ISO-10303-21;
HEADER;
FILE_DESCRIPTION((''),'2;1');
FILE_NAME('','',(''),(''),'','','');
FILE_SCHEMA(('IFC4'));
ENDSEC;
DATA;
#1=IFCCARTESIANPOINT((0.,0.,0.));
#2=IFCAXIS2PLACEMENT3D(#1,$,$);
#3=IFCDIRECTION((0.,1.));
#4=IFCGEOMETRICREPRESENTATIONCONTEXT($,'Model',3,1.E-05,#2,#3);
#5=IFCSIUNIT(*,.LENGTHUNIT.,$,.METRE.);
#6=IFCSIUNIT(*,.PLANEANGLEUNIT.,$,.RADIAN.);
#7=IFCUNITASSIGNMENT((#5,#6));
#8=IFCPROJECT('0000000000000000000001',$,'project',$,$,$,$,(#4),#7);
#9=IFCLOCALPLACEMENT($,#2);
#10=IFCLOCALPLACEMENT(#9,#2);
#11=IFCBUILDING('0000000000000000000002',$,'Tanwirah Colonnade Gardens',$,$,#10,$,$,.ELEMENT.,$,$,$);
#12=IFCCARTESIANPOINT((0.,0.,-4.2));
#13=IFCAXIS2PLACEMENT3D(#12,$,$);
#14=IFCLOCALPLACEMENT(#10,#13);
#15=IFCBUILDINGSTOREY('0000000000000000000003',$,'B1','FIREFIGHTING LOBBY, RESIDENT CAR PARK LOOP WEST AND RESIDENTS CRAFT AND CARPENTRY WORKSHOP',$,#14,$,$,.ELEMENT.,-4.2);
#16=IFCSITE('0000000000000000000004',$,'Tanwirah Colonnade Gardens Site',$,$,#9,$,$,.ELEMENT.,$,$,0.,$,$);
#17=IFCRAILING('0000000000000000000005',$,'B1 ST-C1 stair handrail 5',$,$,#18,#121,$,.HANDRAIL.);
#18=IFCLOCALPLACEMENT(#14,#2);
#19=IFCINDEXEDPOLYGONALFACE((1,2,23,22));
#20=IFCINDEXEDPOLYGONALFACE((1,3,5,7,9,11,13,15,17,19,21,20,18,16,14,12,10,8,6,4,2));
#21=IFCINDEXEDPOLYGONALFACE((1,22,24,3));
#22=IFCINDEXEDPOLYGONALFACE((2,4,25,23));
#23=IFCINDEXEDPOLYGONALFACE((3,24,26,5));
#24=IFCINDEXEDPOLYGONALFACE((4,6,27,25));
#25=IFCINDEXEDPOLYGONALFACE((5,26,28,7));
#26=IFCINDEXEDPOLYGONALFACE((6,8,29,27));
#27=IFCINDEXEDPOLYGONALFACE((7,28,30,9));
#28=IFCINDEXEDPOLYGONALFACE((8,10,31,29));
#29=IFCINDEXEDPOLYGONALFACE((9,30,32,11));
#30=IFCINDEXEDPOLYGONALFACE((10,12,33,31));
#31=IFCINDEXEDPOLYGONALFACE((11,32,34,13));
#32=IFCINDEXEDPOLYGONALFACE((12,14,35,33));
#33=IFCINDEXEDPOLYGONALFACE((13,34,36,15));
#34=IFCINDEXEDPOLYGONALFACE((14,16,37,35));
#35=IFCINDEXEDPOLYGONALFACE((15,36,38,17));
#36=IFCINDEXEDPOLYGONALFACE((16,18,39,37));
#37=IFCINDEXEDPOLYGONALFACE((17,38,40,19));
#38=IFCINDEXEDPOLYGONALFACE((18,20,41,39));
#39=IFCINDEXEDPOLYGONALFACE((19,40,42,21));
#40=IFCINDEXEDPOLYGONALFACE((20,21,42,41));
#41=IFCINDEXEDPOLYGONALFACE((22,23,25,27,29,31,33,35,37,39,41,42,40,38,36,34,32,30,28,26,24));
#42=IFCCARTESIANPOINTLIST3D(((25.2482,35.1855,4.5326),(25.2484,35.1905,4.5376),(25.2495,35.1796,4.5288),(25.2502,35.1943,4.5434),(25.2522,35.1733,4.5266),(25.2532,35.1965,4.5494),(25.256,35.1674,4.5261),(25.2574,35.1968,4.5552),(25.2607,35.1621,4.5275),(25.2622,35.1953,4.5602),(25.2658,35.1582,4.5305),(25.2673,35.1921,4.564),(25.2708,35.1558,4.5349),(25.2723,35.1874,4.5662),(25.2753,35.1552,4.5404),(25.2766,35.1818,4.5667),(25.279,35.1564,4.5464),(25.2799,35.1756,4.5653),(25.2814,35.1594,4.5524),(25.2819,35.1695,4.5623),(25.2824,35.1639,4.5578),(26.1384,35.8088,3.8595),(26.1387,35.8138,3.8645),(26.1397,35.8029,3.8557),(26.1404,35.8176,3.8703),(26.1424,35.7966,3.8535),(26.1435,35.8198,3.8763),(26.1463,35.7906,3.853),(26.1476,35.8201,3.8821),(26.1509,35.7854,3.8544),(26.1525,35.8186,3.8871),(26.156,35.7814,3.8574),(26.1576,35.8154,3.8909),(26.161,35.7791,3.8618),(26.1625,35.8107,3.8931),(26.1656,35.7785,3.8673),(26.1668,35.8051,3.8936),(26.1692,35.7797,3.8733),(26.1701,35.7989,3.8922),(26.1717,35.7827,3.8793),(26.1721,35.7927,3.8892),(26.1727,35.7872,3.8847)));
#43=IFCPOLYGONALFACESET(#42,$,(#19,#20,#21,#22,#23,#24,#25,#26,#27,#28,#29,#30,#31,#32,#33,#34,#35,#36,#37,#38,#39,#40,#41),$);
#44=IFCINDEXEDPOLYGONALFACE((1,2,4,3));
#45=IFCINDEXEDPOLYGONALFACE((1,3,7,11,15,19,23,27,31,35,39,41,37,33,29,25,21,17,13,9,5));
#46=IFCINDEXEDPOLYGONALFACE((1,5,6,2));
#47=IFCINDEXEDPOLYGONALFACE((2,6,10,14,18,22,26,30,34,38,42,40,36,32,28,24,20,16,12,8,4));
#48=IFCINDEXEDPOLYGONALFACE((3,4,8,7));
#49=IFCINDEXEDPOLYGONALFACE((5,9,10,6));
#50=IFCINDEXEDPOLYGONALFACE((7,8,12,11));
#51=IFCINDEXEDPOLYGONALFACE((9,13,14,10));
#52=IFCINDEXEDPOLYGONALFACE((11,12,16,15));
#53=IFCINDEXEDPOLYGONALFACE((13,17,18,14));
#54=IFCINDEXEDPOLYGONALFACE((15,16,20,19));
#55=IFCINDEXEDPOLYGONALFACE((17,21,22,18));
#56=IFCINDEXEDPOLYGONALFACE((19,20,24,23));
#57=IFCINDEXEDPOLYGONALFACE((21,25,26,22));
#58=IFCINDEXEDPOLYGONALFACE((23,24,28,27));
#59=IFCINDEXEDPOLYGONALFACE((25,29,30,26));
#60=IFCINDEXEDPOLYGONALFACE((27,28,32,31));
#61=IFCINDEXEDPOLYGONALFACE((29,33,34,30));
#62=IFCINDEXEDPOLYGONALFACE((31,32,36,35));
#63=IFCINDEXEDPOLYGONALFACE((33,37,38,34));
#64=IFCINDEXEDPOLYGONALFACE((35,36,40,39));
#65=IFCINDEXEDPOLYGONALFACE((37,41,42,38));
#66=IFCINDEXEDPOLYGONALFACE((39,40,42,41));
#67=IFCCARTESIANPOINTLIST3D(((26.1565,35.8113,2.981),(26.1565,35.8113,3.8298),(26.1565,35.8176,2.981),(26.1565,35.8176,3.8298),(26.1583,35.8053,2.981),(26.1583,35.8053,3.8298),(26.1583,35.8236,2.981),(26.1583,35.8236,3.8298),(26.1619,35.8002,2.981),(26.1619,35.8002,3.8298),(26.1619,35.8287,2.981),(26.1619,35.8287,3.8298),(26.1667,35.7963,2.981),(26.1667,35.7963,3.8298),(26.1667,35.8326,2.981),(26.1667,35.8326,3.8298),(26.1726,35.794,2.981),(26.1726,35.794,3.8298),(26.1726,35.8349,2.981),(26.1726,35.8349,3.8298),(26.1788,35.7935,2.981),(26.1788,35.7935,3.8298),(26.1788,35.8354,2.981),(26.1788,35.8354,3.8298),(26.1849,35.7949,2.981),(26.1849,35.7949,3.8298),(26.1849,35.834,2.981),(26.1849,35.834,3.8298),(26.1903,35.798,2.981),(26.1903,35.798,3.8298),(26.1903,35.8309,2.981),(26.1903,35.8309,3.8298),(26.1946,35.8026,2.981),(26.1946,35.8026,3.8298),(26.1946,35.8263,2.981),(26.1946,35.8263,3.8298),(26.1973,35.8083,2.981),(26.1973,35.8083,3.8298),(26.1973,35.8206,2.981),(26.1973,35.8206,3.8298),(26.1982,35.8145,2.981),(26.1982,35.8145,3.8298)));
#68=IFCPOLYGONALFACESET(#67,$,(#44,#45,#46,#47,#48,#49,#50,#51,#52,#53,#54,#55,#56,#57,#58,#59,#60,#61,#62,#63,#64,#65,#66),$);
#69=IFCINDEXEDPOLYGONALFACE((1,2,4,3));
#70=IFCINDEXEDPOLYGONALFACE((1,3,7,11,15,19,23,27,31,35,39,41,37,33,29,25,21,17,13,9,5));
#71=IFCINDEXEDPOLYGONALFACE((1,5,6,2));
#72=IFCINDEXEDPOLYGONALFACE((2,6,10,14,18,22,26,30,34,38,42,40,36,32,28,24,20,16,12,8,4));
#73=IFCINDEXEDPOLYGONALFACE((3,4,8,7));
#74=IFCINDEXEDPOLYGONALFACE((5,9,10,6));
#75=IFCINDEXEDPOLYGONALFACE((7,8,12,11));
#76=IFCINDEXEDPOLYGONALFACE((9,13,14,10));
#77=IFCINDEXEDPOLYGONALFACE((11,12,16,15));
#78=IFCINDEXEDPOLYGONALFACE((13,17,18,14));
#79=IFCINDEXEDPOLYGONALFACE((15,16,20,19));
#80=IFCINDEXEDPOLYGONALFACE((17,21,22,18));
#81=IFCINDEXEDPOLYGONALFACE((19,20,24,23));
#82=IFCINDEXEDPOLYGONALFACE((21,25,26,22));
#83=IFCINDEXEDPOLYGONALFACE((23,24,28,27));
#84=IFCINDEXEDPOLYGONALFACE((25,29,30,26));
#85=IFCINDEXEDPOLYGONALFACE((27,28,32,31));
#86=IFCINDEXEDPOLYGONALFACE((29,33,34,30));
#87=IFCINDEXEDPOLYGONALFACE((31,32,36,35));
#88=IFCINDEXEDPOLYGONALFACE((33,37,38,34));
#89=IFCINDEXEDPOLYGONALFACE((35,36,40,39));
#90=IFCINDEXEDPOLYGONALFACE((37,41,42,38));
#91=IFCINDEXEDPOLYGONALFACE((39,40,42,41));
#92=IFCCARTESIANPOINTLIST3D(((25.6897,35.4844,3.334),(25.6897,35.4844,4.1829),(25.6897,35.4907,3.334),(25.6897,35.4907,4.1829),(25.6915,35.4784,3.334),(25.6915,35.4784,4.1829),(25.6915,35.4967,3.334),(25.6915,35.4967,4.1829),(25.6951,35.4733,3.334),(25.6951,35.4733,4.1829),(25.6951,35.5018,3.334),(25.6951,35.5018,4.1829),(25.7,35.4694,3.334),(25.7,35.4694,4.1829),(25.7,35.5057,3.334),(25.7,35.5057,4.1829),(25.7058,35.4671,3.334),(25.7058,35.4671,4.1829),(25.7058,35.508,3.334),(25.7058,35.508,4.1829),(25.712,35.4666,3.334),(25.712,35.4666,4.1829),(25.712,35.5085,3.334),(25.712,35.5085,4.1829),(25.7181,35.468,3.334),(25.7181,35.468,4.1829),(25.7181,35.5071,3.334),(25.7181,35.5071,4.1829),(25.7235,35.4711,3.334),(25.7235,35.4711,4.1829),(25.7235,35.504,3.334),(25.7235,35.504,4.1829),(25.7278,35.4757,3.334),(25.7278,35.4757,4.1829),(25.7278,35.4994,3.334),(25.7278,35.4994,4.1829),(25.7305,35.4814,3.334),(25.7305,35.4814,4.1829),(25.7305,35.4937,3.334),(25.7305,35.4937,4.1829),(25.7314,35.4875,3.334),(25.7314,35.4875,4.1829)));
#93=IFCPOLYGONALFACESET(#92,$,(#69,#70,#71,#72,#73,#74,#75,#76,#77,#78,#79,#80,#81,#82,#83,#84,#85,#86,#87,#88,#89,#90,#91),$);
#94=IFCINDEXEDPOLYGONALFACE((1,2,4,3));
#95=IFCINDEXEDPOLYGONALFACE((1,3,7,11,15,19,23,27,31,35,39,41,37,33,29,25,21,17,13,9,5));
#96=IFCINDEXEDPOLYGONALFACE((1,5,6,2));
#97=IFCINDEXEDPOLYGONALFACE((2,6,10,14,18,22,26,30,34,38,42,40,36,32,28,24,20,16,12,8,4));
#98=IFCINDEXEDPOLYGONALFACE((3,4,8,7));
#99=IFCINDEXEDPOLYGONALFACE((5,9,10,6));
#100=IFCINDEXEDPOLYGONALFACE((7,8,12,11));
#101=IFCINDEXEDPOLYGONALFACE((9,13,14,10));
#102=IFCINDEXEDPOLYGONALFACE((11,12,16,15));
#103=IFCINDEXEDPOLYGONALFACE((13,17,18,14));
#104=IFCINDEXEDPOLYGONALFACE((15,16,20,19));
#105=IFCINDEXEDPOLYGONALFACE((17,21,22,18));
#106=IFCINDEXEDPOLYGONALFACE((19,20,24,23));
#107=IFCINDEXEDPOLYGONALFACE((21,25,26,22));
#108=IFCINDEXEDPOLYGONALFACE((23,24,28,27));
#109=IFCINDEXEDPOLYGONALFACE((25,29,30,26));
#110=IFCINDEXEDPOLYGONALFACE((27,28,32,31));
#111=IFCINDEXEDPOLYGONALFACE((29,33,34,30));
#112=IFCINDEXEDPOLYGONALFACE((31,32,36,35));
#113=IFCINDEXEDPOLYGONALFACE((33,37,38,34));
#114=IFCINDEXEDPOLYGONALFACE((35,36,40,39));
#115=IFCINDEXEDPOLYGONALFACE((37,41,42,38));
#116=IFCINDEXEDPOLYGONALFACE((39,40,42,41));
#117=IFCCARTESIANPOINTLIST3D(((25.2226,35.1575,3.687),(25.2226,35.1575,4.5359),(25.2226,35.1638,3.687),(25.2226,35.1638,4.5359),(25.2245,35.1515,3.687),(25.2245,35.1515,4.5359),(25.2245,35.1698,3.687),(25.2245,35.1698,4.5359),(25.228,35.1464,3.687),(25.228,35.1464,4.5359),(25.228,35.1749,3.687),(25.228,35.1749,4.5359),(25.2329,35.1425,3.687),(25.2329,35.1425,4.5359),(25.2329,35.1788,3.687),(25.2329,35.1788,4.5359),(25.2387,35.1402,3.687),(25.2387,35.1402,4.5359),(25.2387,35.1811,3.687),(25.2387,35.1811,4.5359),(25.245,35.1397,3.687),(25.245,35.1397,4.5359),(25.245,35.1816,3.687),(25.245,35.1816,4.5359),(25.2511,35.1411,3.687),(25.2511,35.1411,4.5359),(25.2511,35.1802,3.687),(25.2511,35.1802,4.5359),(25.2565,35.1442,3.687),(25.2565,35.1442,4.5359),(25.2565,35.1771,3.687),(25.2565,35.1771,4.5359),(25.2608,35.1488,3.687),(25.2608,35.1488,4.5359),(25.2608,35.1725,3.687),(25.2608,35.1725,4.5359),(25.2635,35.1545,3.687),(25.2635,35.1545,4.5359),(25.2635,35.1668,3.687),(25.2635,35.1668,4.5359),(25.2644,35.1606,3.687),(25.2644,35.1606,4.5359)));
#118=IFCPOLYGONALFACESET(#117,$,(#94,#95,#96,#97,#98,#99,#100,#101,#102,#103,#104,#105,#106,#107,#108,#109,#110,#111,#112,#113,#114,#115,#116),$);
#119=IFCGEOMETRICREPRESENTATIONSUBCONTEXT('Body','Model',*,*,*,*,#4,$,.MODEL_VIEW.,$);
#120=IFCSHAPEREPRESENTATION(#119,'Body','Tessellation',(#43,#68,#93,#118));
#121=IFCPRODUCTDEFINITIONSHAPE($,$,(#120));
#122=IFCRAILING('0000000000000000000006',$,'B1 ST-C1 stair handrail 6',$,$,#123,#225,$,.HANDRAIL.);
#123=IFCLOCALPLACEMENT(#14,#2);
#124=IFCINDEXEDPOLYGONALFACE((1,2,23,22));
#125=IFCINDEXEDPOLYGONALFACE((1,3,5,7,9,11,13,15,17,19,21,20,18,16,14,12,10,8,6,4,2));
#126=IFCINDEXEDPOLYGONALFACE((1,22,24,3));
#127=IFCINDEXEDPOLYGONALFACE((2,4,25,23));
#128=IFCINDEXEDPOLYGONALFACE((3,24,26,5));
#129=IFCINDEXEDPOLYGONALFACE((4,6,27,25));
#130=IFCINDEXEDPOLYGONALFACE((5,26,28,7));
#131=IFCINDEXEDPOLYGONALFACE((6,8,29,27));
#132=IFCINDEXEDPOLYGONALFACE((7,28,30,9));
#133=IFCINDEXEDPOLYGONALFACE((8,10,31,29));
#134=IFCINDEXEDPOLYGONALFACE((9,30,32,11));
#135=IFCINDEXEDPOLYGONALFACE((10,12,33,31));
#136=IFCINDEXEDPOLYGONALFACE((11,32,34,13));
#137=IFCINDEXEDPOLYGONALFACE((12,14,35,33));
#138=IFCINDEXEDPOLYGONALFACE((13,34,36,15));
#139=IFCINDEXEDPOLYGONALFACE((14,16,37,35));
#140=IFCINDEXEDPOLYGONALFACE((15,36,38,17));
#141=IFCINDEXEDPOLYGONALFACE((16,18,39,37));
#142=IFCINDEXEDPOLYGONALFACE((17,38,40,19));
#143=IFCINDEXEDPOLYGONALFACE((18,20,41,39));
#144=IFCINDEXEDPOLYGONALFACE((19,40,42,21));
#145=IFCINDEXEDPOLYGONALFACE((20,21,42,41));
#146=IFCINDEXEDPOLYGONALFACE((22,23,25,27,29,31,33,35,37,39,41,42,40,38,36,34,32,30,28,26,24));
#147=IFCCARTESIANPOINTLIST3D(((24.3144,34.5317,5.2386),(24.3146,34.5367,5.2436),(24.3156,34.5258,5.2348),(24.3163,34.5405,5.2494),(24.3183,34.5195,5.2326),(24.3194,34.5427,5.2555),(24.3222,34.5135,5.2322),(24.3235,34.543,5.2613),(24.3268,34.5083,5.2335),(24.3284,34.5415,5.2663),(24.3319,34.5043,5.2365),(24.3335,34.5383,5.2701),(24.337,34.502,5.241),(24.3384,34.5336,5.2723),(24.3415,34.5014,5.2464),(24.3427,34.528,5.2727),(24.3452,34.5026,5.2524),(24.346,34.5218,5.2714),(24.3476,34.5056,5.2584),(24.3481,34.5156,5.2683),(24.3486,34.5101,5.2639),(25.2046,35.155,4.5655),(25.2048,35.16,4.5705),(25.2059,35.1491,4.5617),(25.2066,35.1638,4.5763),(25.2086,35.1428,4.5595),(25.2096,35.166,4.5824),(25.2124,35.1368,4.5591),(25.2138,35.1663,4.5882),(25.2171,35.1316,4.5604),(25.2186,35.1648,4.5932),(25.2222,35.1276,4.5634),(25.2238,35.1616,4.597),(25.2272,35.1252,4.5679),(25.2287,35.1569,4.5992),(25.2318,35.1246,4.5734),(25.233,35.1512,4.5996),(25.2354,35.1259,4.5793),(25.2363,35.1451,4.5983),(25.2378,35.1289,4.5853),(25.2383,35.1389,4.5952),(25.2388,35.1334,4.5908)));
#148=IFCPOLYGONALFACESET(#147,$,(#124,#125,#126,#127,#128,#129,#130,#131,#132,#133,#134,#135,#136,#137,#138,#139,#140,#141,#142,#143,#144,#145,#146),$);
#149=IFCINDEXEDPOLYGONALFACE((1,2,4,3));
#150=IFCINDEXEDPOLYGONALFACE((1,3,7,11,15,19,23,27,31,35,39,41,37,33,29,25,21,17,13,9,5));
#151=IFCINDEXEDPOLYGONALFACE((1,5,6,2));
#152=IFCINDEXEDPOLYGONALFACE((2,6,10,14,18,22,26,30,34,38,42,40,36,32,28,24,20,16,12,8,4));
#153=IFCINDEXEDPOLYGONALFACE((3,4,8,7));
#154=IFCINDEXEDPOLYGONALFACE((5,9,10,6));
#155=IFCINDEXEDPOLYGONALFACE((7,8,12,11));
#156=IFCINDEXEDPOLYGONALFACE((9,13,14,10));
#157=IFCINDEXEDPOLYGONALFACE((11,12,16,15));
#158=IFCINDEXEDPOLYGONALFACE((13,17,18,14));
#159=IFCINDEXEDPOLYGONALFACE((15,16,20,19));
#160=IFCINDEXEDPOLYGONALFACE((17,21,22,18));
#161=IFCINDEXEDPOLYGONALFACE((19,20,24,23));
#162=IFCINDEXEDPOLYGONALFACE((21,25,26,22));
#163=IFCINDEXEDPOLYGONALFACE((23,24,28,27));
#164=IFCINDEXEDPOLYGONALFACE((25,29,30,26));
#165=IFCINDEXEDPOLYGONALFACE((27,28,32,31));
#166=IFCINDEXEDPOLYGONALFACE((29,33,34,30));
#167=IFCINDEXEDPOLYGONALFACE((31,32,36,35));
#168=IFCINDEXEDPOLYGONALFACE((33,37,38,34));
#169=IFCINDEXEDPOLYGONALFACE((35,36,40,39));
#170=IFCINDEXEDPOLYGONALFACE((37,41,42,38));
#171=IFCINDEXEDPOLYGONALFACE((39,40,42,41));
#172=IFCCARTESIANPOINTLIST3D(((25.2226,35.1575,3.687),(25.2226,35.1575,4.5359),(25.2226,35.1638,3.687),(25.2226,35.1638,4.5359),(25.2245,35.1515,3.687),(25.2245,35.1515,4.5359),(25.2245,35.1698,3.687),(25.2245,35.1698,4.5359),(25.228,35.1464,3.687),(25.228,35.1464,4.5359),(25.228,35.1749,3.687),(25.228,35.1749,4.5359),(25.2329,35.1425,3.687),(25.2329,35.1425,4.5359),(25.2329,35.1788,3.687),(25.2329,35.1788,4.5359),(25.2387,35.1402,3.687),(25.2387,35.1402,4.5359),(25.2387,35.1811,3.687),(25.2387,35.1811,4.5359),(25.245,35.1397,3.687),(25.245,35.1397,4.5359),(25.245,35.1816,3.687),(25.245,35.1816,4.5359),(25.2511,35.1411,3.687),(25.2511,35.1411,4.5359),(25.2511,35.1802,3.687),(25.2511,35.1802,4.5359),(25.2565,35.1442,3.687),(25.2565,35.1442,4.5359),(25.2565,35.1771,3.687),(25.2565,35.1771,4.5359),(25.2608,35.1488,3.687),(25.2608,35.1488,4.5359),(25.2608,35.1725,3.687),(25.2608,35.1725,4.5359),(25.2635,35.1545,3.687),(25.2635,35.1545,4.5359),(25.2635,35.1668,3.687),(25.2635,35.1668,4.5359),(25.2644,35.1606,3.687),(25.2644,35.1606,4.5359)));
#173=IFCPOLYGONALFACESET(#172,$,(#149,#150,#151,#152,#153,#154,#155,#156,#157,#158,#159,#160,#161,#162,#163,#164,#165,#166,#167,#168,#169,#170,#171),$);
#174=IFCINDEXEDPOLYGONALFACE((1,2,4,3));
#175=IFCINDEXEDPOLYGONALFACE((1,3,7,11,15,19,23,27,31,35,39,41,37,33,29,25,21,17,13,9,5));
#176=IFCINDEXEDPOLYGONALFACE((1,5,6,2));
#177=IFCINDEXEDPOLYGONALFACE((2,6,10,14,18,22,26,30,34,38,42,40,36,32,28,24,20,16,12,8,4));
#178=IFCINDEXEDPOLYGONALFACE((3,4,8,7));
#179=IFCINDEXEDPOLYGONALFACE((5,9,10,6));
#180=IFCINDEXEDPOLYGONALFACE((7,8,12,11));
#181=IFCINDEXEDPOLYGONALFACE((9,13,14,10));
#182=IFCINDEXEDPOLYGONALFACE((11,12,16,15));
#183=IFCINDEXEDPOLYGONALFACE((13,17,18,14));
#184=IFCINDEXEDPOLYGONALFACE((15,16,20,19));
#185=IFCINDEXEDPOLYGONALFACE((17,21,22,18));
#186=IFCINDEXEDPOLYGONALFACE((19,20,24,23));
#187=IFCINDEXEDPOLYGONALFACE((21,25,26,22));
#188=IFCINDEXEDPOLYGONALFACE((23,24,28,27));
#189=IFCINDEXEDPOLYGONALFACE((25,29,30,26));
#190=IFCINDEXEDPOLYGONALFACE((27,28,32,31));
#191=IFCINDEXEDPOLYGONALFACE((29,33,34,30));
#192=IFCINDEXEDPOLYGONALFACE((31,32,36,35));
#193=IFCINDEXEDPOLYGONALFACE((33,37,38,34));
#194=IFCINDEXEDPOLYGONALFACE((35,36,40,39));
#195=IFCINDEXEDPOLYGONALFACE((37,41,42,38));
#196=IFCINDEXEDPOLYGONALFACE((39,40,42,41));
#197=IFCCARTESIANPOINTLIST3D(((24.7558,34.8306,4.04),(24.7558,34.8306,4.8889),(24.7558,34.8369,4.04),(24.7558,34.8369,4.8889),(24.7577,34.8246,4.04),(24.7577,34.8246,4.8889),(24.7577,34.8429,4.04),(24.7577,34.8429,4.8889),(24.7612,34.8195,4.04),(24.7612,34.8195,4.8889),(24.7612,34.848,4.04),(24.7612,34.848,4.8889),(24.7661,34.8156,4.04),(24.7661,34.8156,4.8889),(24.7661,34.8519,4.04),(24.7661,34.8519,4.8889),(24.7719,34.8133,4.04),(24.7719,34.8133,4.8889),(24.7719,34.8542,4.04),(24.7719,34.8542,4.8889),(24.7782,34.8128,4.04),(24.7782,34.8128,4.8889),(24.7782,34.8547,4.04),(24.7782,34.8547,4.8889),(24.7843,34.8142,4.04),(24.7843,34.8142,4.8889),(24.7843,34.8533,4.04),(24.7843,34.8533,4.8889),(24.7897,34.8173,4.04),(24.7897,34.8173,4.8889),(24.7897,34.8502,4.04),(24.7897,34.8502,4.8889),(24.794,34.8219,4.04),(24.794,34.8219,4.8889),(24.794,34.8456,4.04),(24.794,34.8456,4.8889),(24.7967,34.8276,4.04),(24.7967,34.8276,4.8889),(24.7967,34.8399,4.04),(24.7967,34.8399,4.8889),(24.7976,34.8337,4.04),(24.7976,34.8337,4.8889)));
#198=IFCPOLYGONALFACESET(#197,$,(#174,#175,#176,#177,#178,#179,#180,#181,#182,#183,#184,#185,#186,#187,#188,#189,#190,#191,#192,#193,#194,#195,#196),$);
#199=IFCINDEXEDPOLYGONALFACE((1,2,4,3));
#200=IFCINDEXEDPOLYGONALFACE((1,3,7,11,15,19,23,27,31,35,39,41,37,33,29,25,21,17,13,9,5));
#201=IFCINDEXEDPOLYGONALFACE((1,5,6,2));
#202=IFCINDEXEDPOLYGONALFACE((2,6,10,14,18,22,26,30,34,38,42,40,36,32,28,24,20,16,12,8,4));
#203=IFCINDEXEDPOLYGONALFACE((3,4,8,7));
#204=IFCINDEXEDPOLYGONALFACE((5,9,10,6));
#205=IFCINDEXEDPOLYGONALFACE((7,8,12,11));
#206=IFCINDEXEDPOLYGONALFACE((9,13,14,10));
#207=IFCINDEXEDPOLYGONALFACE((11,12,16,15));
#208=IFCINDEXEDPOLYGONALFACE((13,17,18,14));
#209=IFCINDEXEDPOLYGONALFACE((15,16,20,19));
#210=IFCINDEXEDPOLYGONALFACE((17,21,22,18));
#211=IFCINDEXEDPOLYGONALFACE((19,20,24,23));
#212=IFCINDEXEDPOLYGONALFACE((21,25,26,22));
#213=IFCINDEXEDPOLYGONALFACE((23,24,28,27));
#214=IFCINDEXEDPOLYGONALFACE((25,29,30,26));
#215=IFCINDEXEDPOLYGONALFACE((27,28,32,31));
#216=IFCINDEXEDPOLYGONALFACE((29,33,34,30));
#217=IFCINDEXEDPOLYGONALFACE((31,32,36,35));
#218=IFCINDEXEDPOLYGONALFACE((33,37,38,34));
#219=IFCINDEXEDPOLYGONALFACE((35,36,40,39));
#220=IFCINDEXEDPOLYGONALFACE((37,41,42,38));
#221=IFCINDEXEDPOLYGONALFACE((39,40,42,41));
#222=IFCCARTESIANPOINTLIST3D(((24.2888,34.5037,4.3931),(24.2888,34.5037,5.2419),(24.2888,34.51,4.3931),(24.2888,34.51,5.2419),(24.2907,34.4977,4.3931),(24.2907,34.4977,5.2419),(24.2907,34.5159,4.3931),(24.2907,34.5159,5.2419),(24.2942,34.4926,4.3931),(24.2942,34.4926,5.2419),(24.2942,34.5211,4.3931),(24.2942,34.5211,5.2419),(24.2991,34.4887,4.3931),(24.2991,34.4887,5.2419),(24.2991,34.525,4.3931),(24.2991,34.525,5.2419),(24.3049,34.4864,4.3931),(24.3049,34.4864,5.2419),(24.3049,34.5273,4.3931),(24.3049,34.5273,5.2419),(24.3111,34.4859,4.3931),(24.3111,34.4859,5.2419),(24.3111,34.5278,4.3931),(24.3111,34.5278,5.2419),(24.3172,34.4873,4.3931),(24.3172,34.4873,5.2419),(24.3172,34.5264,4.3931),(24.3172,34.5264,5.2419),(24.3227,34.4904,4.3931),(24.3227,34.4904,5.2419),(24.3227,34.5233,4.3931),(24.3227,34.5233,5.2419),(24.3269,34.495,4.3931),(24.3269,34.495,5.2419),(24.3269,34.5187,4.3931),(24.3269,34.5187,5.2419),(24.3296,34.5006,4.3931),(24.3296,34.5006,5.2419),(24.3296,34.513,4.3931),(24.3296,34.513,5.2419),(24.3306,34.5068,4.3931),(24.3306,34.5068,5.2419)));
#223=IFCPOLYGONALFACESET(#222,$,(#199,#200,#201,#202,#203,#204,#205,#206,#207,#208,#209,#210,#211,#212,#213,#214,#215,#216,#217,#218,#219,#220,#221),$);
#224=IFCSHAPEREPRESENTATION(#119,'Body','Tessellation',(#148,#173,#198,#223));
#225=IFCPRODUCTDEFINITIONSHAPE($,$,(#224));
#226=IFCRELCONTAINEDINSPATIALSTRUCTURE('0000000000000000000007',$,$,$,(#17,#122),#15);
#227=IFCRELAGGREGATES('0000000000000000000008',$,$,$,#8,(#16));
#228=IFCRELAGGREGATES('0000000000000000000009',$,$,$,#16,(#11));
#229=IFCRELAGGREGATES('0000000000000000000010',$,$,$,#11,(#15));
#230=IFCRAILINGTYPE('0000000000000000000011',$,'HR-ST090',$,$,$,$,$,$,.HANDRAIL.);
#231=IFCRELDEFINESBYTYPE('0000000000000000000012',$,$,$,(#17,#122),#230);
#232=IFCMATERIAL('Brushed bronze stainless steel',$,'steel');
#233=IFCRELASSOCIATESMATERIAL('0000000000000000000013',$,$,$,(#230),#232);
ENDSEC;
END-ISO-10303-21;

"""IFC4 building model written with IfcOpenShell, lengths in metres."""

from ifc_helpers import new_model, si_unit, direction, frame, origin, origin_2d, place, context, subcontext, project, spatial, circle, extrude, material, type_object, element, save


model = new_model("IFC4")

# Units and contexts
model_context = context("Model", 3, precision=1e-05, world=origin(), true_north=direction((0.0, 1.0)))
body_context = subcontext(model_context, "Body", "Model", "MODEL_VIEW")
ifc_project = project(units=[si_unit("LENGTHUNIT", "METRE"), si_unit("PLANEANGLEUNIT", "RADIAN")], contexts=[model_context])

# Site, building, storey
site_placement = place(None, origin())
site = spatial("IfcSite", under=ifc_project, at=site_placement, Name="Tanwirah Colonnade Gardens Site", CompositionType="ELEMENT", RefElevation=0.0)
building_placement = place(site_placement, origin())
building = spatial("IfcBuilding", under=site, at=building_placement, Name="Tanwirah Colonnade Gardens", CompositionType="ELEMENT")
storey_placement = place(building_placement, frame((0.0, 0.0, -4.2)))
storey = spatial("IfcBuildingStorey", under=building, at=storey_placement, Name="B1", Description="FIREFIGHTING LOBBY, RESIDENT CAR PARK LOOP WEST AND RESIDENTS CRAFT AND CARPENTRY WORKSHOP", CompositionType="ELEMENT", Elevation=-4.2)

# Railings
ifc_material_1 = material(Name="Brushed bronze stainless steel", Category="steel")
railing_type_1 = type_object("IfcRailingType", Name="HR-ST090", PredefinedType="HANDRAIL", material=ifc_material_1)
for number, where, name in (
    (1, (26.1772, 35.8145, 2.981), "B1 ST-C1 stair handrail 5"),
    (2, (25.2434, 35.1606, 3.687), "B1 ST-C1 stair handrail 6"),
):
    element("IfcRailing", number, at=place(storey_placement, frame(where)), inside=storey, type_object=railing_type_1, Name=name, PredefinedType="HANDRAIL", context=body_context, shape_type="SweptSolid", body=[
        extrude(circle(Radius=0.0239, at=origin_2d()), frame((-0.0217, -0.0151, 0.8923), z_axis=(-0.696422, -0.487587, 0.52655), x_axis=(0.573534, -0.819182, 0.0)), (0.0, 0.0, 1.0), 1.2783),
        extrude(circle(Radius=0.021, at=origin_2d()), origin(), (0.0, 0.0, 1.0), 0.8489),
        extrude(circle(Radius=0.021, at=origin_2d()), frame((-0.4668, -0.3269, 0.353)), (0.0, 0.0, 1.0), 0.8489),
        extrude(circle(Radius=0.021, at=origin_2d()), frame((-0.9338, -0.6538, 0.7061)), (0.0, 0.0, 1.0), 0.8489),
    ])

save(model, "model.ifc")
